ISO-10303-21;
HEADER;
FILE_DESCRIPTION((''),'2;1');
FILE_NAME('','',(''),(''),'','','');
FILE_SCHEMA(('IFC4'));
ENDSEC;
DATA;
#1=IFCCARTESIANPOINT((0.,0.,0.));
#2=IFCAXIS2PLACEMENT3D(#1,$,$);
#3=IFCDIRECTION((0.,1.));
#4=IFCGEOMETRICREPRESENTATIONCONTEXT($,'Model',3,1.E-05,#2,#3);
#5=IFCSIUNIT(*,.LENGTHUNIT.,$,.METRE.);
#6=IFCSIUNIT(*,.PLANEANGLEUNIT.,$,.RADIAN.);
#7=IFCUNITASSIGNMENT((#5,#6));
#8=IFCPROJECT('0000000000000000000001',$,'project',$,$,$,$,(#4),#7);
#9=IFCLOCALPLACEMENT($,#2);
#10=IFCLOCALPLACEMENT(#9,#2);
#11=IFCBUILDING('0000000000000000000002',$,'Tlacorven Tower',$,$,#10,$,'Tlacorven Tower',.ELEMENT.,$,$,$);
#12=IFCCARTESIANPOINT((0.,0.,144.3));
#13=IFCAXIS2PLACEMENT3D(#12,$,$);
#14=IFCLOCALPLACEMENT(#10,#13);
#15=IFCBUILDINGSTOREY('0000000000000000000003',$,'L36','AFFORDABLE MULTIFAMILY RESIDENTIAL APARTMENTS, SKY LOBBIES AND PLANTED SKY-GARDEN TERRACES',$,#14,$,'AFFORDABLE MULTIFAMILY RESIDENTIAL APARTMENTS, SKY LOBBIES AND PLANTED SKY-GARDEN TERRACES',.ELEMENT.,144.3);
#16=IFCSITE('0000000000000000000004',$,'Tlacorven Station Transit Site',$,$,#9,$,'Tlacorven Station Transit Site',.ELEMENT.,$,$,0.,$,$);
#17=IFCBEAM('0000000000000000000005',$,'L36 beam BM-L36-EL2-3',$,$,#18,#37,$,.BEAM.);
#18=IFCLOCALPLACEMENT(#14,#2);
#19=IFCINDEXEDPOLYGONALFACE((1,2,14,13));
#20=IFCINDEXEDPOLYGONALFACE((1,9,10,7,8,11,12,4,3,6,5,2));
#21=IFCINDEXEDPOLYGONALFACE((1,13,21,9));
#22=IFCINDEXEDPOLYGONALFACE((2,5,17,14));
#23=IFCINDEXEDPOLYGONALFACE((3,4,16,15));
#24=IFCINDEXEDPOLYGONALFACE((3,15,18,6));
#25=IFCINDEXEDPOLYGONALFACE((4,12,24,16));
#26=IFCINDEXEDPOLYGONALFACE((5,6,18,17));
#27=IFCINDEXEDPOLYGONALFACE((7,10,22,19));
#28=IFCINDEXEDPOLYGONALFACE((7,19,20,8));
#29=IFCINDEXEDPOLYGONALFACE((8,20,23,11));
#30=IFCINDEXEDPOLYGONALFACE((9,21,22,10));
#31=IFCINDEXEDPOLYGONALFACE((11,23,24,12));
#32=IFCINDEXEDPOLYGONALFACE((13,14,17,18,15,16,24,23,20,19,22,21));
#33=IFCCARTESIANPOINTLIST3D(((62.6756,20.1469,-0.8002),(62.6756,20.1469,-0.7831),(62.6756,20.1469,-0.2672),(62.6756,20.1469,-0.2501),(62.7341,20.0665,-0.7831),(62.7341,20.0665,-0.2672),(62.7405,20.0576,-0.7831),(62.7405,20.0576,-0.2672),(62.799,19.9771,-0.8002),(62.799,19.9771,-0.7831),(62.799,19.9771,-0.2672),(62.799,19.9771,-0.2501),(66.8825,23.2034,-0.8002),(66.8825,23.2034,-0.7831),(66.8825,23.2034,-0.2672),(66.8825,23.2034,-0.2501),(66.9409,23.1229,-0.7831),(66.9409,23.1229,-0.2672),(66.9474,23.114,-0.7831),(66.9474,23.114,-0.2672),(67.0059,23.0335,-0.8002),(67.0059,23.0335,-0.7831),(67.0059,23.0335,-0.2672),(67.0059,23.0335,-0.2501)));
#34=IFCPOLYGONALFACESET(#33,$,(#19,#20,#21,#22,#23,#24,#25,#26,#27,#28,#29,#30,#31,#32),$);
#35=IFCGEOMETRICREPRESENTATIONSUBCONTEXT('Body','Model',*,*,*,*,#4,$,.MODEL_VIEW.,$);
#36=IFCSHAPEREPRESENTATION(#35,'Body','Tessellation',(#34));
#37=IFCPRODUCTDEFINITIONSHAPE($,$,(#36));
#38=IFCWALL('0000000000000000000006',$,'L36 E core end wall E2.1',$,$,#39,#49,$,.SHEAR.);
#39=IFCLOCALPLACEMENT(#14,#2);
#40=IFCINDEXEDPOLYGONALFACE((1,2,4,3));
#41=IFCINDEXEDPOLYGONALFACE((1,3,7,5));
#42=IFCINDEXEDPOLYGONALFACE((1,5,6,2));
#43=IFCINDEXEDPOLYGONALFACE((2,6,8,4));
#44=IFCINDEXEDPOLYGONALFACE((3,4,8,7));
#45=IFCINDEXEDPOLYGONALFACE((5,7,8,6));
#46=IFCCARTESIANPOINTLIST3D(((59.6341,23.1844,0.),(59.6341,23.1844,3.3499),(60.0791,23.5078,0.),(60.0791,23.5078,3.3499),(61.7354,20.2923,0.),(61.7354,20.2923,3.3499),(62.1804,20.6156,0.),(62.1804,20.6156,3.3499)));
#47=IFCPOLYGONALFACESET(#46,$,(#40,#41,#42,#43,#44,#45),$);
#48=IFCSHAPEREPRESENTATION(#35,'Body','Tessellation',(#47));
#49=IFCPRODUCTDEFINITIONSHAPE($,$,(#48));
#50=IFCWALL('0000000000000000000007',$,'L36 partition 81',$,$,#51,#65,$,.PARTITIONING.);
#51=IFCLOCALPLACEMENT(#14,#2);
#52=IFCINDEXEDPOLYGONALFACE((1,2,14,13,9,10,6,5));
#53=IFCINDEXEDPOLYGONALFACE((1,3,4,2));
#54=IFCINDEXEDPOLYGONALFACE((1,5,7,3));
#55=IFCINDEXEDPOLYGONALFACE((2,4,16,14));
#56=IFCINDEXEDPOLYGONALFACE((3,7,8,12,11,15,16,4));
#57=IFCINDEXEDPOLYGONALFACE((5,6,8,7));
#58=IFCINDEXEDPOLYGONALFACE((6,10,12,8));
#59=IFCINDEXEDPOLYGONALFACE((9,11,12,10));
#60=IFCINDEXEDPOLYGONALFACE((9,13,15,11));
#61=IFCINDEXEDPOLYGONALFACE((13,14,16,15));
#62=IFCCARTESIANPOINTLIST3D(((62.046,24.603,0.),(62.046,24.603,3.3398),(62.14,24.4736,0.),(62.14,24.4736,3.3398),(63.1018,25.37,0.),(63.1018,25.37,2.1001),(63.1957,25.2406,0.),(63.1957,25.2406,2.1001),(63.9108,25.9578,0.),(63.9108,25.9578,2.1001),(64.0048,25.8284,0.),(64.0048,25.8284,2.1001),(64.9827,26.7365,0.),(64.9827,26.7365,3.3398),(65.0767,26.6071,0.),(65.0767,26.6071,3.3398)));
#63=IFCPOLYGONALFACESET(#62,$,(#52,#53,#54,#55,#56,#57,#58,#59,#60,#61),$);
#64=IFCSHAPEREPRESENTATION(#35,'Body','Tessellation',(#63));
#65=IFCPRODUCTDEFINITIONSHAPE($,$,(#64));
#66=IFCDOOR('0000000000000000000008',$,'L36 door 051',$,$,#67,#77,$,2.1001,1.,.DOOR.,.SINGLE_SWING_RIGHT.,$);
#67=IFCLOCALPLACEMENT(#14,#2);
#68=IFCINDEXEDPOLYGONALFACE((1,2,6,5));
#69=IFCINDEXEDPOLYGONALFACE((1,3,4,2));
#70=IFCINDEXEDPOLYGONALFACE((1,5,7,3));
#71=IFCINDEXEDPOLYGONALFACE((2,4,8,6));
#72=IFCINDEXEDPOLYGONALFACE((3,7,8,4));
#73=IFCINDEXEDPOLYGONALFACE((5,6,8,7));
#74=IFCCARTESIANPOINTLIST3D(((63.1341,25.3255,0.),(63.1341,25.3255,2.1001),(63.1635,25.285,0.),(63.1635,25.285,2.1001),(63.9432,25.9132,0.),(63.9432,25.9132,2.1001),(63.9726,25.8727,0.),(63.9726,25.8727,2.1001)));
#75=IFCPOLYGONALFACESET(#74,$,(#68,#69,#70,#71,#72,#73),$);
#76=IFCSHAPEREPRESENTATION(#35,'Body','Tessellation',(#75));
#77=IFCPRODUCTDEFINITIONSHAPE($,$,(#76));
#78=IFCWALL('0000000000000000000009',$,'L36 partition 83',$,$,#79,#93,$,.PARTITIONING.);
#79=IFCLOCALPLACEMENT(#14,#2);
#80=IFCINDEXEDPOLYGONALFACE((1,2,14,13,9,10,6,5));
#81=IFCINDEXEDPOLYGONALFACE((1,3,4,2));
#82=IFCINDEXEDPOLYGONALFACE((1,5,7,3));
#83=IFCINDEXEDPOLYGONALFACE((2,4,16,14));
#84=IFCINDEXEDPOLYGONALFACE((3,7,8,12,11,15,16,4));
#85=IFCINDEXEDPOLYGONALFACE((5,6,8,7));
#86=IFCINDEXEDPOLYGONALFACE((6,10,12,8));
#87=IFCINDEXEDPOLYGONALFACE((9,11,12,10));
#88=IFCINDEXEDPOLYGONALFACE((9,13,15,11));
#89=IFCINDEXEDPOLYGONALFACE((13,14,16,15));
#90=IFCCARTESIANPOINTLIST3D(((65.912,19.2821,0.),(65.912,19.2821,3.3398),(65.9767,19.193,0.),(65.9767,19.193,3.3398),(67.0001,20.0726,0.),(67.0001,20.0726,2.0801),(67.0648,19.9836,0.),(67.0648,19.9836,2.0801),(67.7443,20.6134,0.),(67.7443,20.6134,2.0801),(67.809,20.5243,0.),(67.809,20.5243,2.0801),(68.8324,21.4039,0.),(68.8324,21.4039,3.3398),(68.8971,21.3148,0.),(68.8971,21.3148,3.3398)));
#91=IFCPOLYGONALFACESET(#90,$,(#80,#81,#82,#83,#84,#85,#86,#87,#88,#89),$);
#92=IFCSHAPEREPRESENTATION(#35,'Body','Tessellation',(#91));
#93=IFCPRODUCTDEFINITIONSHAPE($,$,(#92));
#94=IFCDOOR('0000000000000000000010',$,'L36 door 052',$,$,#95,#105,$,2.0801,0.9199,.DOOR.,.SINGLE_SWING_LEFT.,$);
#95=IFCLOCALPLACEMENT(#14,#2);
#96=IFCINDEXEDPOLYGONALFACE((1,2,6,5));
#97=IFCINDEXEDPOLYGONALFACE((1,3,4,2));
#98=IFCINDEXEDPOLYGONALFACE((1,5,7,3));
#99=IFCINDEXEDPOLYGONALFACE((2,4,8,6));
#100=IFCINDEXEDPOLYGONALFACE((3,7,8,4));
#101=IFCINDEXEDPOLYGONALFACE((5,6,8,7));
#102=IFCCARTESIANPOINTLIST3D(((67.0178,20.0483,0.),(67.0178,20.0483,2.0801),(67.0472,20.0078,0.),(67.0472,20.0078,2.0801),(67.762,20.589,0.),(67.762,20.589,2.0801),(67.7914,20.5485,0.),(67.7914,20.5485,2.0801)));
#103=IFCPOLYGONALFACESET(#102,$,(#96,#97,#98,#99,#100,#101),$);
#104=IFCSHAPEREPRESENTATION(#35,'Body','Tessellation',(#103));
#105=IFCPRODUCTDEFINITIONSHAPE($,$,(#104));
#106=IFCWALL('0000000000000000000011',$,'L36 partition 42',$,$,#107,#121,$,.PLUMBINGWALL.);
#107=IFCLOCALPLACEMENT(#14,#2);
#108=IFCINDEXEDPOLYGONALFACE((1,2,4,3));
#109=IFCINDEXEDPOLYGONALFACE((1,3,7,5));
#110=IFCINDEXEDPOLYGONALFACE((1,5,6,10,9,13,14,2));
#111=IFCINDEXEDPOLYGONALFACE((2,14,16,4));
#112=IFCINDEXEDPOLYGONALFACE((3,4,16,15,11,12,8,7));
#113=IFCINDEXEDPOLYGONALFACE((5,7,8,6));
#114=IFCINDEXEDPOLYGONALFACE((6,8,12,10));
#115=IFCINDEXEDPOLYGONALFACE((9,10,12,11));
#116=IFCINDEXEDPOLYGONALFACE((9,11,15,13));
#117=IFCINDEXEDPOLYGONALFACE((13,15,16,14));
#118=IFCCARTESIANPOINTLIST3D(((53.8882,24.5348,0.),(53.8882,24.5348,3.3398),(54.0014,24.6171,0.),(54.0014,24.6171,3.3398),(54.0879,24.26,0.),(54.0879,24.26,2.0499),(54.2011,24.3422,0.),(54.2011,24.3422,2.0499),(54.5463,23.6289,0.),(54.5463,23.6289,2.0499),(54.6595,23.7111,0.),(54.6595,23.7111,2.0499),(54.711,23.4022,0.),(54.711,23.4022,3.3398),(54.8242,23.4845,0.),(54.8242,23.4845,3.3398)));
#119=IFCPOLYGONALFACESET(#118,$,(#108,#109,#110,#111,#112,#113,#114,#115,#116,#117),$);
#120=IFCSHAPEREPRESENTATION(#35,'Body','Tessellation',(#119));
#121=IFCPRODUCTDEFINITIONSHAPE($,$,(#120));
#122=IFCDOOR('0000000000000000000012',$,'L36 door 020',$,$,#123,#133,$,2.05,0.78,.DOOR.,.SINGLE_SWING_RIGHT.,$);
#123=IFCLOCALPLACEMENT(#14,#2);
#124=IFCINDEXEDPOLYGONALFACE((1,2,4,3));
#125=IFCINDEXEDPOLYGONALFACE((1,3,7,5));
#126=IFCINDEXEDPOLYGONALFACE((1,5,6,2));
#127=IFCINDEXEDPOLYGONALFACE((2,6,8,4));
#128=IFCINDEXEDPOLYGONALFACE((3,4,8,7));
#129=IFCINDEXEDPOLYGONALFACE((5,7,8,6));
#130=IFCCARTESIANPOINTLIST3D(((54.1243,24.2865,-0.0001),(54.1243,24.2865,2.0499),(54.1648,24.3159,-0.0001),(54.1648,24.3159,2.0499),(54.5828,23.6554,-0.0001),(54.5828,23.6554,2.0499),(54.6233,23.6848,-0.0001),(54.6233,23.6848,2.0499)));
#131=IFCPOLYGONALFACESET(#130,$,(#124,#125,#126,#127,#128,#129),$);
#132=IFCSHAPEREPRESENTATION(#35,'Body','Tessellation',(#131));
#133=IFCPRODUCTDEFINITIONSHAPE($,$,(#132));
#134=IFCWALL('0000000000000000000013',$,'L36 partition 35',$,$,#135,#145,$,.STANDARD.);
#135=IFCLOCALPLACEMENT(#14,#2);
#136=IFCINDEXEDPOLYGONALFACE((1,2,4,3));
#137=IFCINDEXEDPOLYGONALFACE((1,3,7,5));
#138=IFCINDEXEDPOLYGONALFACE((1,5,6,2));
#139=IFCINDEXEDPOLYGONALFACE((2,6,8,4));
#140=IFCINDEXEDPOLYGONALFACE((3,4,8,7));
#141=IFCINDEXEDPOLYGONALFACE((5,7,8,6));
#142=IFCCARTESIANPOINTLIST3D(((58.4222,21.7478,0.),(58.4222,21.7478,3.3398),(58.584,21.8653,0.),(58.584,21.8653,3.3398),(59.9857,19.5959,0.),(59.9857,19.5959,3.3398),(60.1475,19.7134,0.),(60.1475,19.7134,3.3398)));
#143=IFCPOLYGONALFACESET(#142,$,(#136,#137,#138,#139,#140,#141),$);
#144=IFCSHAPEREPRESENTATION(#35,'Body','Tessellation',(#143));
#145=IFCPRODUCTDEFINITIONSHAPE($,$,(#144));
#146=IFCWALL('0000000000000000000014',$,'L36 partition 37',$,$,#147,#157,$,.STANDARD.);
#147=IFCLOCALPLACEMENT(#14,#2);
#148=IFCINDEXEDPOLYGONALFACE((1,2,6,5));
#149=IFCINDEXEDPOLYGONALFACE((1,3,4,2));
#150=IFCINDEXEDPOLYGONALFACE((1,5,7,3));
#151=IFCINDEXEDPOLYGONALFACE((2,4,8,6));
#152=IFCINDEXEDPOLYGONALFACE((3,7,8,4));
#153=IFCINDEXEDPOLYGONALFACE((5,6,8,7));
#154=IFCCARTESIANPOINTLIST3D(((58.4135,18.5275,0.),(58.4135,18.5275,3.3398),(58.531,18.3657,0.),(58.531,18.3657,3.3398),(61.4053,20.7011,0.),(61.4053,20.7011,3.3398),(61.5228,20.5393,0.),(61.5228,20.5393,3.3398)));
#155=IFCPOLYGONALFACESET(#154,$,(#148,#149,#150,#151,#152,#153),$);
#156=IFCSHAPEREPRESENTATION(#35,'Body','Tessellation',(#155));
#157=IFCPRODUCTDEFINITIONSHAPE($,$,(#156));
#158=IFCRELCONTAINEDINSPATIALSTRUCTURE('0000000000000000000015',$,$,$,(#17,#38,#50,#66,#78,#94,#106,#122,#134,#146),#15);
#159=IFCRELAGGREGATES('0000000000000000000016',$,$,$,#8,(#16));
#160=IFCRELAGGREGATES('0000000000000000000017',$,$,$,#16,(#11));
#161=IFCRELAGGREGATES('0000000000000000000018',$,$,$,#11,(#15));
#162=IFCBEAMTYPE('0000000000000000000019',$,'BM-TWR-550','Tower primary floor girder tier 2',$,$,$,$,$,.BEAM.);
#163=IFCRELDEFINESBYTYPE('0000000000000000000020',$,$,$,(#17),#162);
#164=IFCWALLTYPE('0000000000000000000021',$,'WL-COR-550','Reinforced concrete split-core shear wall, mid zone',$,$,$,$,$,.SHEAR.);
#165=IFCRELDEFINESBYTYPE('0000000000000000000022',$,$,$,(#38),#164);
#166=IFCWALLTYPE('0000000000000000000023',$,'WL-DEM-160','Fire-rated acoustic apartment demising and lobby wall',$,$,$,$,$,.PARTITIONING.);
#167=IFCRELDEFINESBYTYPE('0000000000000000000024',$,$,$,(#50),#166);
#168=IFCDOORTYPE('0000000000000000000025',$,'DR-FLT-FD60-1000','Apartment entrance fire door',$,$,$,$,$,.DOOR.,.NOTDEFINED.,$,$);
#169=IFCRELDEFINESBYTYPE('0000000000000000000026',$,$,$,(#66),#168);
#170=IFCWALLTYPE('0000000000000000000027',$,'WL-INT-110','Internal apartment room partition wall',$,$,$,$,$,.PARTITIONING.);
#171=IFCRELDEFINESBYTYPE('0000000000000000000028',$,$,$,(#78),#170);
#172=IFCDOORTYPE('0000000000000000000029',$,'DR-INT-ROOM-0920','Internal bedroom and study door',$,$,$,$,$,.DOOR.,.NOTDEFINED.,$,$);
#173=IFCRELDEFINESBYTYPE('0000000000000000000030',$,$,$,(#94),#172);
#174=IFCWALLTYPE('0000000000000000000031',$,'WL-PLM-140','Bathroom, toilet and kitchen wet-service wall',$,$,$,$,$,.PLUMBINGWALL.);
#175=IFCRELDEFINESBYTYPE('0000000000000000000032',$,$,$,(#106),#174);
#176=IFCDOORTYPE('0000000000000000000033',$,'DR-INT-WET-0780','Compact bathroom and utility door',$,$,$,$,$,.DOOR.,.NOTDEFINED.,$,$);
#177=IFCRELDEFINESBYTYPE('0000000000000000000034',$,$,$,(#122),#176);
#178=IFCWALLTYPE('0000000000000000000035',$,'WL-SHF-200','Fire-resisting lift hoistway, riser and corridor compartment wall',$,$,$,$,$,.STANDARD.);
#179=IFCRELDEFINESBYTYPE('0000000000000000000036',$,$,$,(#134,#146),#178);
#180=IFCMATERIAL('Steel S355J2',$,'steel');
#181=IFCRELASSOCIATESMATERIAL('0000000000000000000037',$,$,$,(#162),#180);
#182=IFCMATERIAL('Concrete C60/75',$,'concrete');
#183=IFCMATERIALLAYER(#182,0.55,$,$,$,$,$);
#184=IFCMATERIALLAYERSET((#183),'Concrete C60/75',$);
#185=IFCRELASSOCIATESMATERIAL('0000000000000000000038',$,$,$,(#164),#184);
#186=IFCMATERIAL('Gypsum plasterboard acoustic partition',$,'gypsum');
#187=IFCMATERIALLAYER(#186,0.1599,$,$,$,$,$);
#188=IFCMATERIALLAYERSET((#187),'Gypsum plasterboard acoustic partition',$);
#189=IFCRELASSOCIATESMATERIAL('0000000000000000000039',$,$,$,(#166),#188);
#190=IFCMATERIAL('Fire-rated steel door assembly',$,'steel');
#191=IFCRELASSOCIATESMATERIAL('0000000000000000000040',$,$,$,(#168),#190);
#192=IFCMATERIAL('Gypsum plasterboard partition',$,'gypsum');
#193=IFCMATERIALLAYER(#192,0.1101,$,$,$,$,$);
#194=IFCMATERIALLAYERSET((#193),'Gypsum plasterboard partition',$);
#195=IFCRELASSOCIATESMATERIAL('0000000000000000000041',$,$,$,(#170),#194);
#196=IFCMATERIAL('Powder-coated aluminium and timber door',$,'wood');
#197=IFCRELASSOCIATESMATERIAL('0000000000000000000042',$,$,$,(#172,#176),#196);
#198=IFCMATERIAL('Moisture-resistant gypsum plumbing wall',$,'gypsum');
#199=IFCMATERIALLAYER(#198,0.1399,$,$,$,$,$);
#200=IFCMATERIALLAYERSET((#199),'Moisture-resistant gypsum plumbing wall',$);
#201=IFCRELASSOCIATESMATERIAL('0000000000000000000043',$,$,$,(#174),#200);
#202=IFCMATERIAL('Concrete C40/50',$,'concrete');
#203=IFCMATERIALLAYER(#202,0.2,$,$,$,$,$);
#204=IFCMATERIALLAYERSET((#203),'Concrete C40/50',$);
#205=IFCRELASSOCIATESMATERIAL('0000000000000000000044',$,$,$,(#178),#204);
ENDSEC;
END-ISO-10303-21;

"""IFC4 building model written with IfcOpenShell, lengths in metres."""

from ifc_helpers import new_model, si_unit, direction, frame, frame_2d, origin, origin_2d, place, context, subcontext, project, spatial, rectangle, i_section, extrude, source, transform, mapped, material, layer, layer_set, material_profile, profile_set, type_object, element, fill, save


model = new_model("IFC4")

# Units and contexts
model_context = context("Model", 3, precision=1e-05, world=origin(), true_north=direction((0.0, 1.0)))
body_context = subcontext(model_context, "Body", "Model", "MODEL_VIEW")
ifc_project = project(units=[si_unit("LENGTHUNIT", "METRE"), si_unit("PLANEANGLEUNIT", "RADIAN")], contexts=[model_context])

# Site, building, storey
site_placement = place(None, origin())
site = spatial("IfcSite", under=ifc_project, at=site_placement, Name="Tlacorven Station Transit Site", LongName="Tlacorven Station Transit Site", CompositionType="ELEMENT", RefElevation=0.0)
building_placement = place(site_placement, origin())
building = spatial("IfcBuilding", under=site, at=building_placement, Name="Tlacorven Tower", LongName="Tlacorven Tower", CompositionType="ELEMENT")
storey_placement = place(building_placement, frame((0.0, 0.0, 144.3)))
storey = spatial("IfcBuildingStorey", under=building, at=storey_placement, Name="L36", Description="AFFORDABLE MULTIFAMILY RESIDENTIAL APARTMENTS, SKY LOBBIES AND PLANTED SKY-GARDEN TERRACES", LongName="AFFORDABLE MULTIFAMILY RESIDENTIAL APARTMENTS, SKY LOBBIES AND PLANTED SKY-GARDEN TERRACES", CompositionType="ELEMENT", Elevation=144.3)

# Beam
ifc_material_1 = material(Name="Concrete C60/75", Category="concrete")
ifc_material_2 = material(Name="Steel S355J2", Category="steel")
ifc_material_profile_1 = material_profile(ifc_material_2, i_section(OverallWidth=0.21, OverallDepth=0.55, WebThickness=0.011, FlangeThickness=0.0171, at=origin_2d()), Name="IPE 550")
ifc_profile_set_1 = profile_set([ifc_material_profile_1], Name="Steel S355J2")
beam_type_1 = type_object("IfcBeamType", Name="BM-TWR-550", Description="Tower primary floor girder tier 2", PredefinedType="BEAM", material=ifc_profile_set_1)
shared_shape_1 = source(origin(), body_context, "Body", "SweptSolid", [
    extrude(i_section(OverallWidth=0.21, OverallDepth=0.55, WebThickness=0.011, FlangeThickness=0.0171, at=origin_2d()), origin(), (0.0, 0.0, 1.0), 5.2),
])
beam_1_placement = place(storey_placement, frame((62.7373, 20.062, -0.5251), z_axis=(0.809018, 0.587784, 0.0), x_axis=(-0.587784, 0.809018, 0.0)))
element("IfcBeam", 1, at=beam_1_placement, inside=storey, type_object=beam_type_1, Name="L36 beam BM-L36-EL2-3", PredefinedType="BEAM", context=body_context, shape_type="MappedRepresentation", body=[
    mapped(shared_shape_1, transform((0.0, 0.0, 0.0), scale=1.0)),
])

# Wall
ifc_layer_1 = layer(ifc_material_1, 0.55)
ifc_layer_set_1 = layer_set([ifc_layer_1], Name="Concrete C60/75")
wall_type_1 = type_object("IfcWallType", Name="WL-COR-550", Description="Reinforced concrete split-core shear wall, mid zone", PredefinedType="SHEAR", material=ifc_layer_set_1)
wall_1_placement = place(storey_placement, frame((61.958, 20.4539, 0.0), z_axis=(0.0, 0.0, 1.0), x_axis=(-0.587802, 0.809005, 0.0)))
element("IfcWall", 2, at=wall_1_placement, inside=storey, type_object=wall_type_1, Name="L36 E core end wall E2.1", PredefinedType="SHEAR", context=body_context, shape_type="SweptSolid", body=[
    extrude(rectangle(XDim=3.575, YDim=0.55, at=frame_2d((1.7876, 0.0))), origin(), (0.0, 0.0, 1.0), 3.3499),
])

# Walls, openings, doors
ifc_material_3 = material(Name="Gypsum plasterboard acoustic partition", Category="gypsum")
ifc_layer_2 = layer(ifc_material_3, 0.1599)
ifc_layer_set_2 = layer_set([ifc_layer_2], Name="Gypsum plasterboard acoustic partition")
wall_type_2 = type_object("IfcWallType", Name="WL-DEM-160", Description="Fire-rated acoustic apartment demising and lobby wall", PredefinedType="PARTITIONING", material=ifc_layer_set_2)
wall_2_placement = place(storey_placement, frame((62.093, 24.5383, 0.0), z_axis=(0.0, 0.0, 1.0), x_axis=(0.809036, 0.58776, 0.0)))
wall_2 = element("IfcWall", 3, at=wall_2_placement, inside=storey, type_object=wall_type_2, Name="L36 partition 81", PredefinedType="PARTITIONING", context=body_context, shape_type="SweptSolid", body=[
    extrude(rectangle(XDim=3.6299, YDim=0.1599, at=frame_2d((1.8149, 0.0))), origin(), (0.0, 0.0, 1.0), 3.3398),
])
opening_1_placement = place(wall_2_placement, frame((1.3049, 0.0, 0.0)))
opening_1 = element("IfcOpeningElement", 4, at=opening_1_placement, cuts=wall_2, PredefinedType="OPENING", context=body_context, shape_type="SweptSolid", body=[
    extrude(rectangle(XDim=1.0, YDim=2.1001, at=frame_2d((0.5, 1.05))), frame((0.0, 0.0898, 0.0), z_axis=(0.0, -1.0, 0.0), x_axis=(1.0, 0.0, 0.0)), (0.0, 0.0, 1.0), 0.1799),
])
ifc_material_4 = material(Name="Fire-rated steel door assembly", Category="steel")
door_type_1 = type_object("IfcDoorType", Name="DR-FLT-FD60-1000", Description="Apartment entrance fire door", OperationType="NOTDEFINED", PredefinedType="DOOR", material=ifc_material_4)
shared_shape_2 = source(origin(), body_context, "Body", "SweptSolid", [
    extrude(rectangle(XDim=1.0, YDim=2.1001, at=frame_2d((0.5, 1.05))), frame((0.0, 0.0249, 0.0), z_axis=(0.0, -1.0, 0.0), x_axis=(1.0, 0.0, 0.0)), (0.0, 0.0, 1.0), 0.05),
])
door_1_placement = place(opening_1_placement, origin())
door_1 = element("IfcDoor", 5, at=door_1_placement, inside=storey, type_object=door_type_1, Name="L36 door 051", OperationType="SINGLE_SWING_RIGHT", OverallHeight=2.1001, OverallWidth=1.0, PredefinedType="DOOR", context=body_context, shape_type="MappedRepresentation", body=[
    mapped(shared_shape_2, transform((0.0, 0.0, 0.0), scale=1.0)),
])
fill(opening_1, door_1)
ifc_material_5 = material(Name="Gypsum plasterboard partition", Category="gypsum")
ifc_layer_3 = layer(ifc_material_5, 0.1101)
ifc_layer_set_3 = layer_set([ifc_layer_3], Name="Gypsum plasterboard partition")
wall_type_3 = type_object("IfcWallType", Name="WL-INT-110", Description="Internal apartment room partition wall", PredefinedType="PARTITIONING", material=ifc_layer_set_3)
wall_3_placement = place(storey_placement, frame((65.9443, 19.2375, 0.0), z_axis=(0.0, 0.0, 1.0), x_axis=(0.809014, 0.58779, 0.0)))
wall_3 = element("IfcWall", 6, at=wall_3_placement, inside=storey, type_object=wall_type_3, Name="L36 partition 83", PredefinedType="PARTITIONING", context=body_context, shape_type="SweptSolid", body=[
    extrude(rectangle(XDim=3.6099, YDim=0.1101, at=frame_2d((1.8049, 0.0))), origin(), (0.0, 0.0, 1.0), 3.3398),
])
opening_2_placement = place(wall_3_placement, frame((1.345, 0.0, 0.0)))
opening_2 = element("IfcOpeningElement", 7, at=opening_2_placement, cuts=wall_3, PredefinedType="OPENING", context=body_context, shape_type="SweptSolid", body=[
    extrude(rectangle(XDim=0.9199, YDim=2.0801, at=frame_2d((0.46, 1.04))), frame((0.0, 0.0649, 0.0), z_axis=(0.0, -1.0, 0.0), x_axis=(1.0, 0.0, 0.0)), (0.0, 0.0, 1.0), 0.1301),
])
ifc_material_6 = material(Name="Powder-coated aluminium and timber door", Category="wood")
door_type_2 = type_object("IfcDoorType", Name="DR-INT-ROOM-0920", Description="Internal bedroom and study door", OperationType="NOTDEFINED", PredefinedType="DOOR", material=ifc_material_6)
shared_shape_3 = source(origin(), body_context, "Body", "SweptSolid", [
    extrude(rectangle(XDim=0.9199, YDim=2.0801, at=frame_2d((0.46, 1.04))), frame((0.0, 0.0249, 0.0), z_axis=(0.0, -1.0, 0.0), x_axis=(1.0, 0.0, 0.0)), (0.0, 0.0, 1.0), 0.05),
])
door_2_placement = place(opening_2_placement, origin())
door_2 = element("IfcDoor", 8, at=door_2_placement, inside=storey, type_object=door_type_2, Name="L36 door 052", OperationType="SINGLE_SWING_LEFT", OverallHeight=2.0801, OverallWidth=0.9199, PredefinedType="DOOR", context=body_context, shape_type="MappedRepresentation", body=[
    mapped(shared_shape_3, transform((0.0, 0.0, 0.0), scale=1.0)),
])
fill(opening_2, door_2)
ifc_material_7 = material(Name="Moisture-resistant gypsum plumbing wall", Category="gypsum")
ifc_layer_4 = layer(ifc_material_7, 0.1399)
ifc_layer_set_4 = layer_set([ifc_layer_4], Name="Moisture-resistant gypsum plumbing wall")
wall_type_4 = type_object("IfcWallType", Name="WL-PLM-140", Description="Bathroom, toilet and kitchen wet-service wall", PredefinedType="PLUMBINGWALL", material=ifc_layer_set_4)
wall_4_placement = place(storey_placement, frame((54.7676, 23.4434, 0.0), z_axis=(0.0, 0.0, 1.0), x_axis=(-0.587736, 0.809053, 0.0)))
wall_4 = element("IfcWall", 9, at=wall_4_placement, inside=storey, type_object=wall_type_4, Name="L36 partition 42", PredefinedType="PLUMBINGWALL", context=body_context, shape_type="SweptSolid", body=[
    extrude(rectangle(XDim=1.3999, YDim=0.1399, at=frame_2d((0.7, 0.0))), origin(), (0.0, 0.0, 1.0), 3.3398),
])
opening_3_placement = place(wall_4_placement, frame((0.28, 0.0, 0.0)))
opening_3 = element("IfcOpeningElement", 10, at=opening_3_placement, cuts=wall_4, PredefinedType="OPENING", context=body_context, shape_type="SweptSolid", body=[
    extrude(rectangle(XDim=0.78, YDim=2.05, at=frame_2d((0.3901, 1.0249))), frame((0.0, 0.0801, 0.0), z_axis=(0.0, -1.0, 0.0), x_axis=(1.0, 0.0, 0.0)), (0.0, 0.0, 1.0), 0.1599),
])
door_type_3 = type_object("IfcDoorType", Name="DR-INT-WET-0780", Description="Compact bathroom and utility door", OperationType="NOTDEFINED", PredefinedType="DOOR", material=ifc_material_6)
shared_shape_4 = source(origin(), body_context, "Body", "SweptSolid", [
    extrude(rectangle(XDim=0.78, YDim=2.05, at=frame_2d((0.3901, 1.0249))), frame((0.0, 0.0249, 0.0), z_axis=(0.0, -1.0, 0.0), x_axis=(1.0, 0.0, 0.0)), (0.0, 0.0, 1.0), 0.05),
])
door_3_placement = place(opening_3_placement, origin())
door_3 = element("IfcDoor", 11, at=door_3_placement, inside=storey, type_object=door_type_3, Name="L36 door 020", OperationType="SINGLE_SWING_RIGHT", OverallHeight=2.05, OverallWidth=0.78, PredefinedType="DOOR", context=body_context, shape_type="MappedRepresentation", body=[
    mapped(shared_shape_4, transform((0.0, 0.0, 0.0), scale=1.0)),
])
fill(opening_3, door_3)

# Shared definitions
ifc_material_8 = material(Name="Concrete C40/50", Category="concrete")
ifc_layer_5 = layer(ifc_material_8, 0.2)
ifc_layer_set_5 = layer_set([ifc_layer_5], Name="Concrete C40/50")
wall_type_5 = type_object("IfcWallType", Name="WL-SHF-200", Description="Fire-resisting lift hoistway, riser and corridor compartment wall", PredefinedType="STANDARD", material=ifc_layer_set_5)

# Walls
wall_5_placement = place(storey_placement, frame((60.0667, 19.6545, 0.0), z_axis=(0.0, 0.0, 1.0), x_axis=(-0.587801, 0.809006, 0.0)))
element("IfcWall", 12, at=wall_5_placement, inside=storey, type_object=wall_type_5, Name="L36 partition 35", PredefinedType="STANDARD", context=body_context, shape_type="SweptSolid", body=[
    extrude(rectangle(XDim=2.6599, YDim=0.2, at=frame_2d((1.3301, 0.0))), origin(), (0.0, 0.0, 1.0), 3.3398),
])
wall_6_placement = place(storey_placement, frame((58.4722, 18.4465, 0.0), z_axis=(0.0, 0.0, 1.0), x_axis=(0.809019, 0.587783, 0.0)))
element("IfcWall", 13, at=wall_6_placement, inside=storey, type_object=wall_type_5, Name="L36 partition 37", PredefinedType="STANDARD", context=body_context, shape_type="SweptSolid", body=[
    extrude(rectangle(XDim=3.698, YDim=0.2, at=frame_2d((1.8491, 0.0))), origin(), (0.0, 0.0, 1.0), 3.3398),
])

save(model, "model.ifc")
